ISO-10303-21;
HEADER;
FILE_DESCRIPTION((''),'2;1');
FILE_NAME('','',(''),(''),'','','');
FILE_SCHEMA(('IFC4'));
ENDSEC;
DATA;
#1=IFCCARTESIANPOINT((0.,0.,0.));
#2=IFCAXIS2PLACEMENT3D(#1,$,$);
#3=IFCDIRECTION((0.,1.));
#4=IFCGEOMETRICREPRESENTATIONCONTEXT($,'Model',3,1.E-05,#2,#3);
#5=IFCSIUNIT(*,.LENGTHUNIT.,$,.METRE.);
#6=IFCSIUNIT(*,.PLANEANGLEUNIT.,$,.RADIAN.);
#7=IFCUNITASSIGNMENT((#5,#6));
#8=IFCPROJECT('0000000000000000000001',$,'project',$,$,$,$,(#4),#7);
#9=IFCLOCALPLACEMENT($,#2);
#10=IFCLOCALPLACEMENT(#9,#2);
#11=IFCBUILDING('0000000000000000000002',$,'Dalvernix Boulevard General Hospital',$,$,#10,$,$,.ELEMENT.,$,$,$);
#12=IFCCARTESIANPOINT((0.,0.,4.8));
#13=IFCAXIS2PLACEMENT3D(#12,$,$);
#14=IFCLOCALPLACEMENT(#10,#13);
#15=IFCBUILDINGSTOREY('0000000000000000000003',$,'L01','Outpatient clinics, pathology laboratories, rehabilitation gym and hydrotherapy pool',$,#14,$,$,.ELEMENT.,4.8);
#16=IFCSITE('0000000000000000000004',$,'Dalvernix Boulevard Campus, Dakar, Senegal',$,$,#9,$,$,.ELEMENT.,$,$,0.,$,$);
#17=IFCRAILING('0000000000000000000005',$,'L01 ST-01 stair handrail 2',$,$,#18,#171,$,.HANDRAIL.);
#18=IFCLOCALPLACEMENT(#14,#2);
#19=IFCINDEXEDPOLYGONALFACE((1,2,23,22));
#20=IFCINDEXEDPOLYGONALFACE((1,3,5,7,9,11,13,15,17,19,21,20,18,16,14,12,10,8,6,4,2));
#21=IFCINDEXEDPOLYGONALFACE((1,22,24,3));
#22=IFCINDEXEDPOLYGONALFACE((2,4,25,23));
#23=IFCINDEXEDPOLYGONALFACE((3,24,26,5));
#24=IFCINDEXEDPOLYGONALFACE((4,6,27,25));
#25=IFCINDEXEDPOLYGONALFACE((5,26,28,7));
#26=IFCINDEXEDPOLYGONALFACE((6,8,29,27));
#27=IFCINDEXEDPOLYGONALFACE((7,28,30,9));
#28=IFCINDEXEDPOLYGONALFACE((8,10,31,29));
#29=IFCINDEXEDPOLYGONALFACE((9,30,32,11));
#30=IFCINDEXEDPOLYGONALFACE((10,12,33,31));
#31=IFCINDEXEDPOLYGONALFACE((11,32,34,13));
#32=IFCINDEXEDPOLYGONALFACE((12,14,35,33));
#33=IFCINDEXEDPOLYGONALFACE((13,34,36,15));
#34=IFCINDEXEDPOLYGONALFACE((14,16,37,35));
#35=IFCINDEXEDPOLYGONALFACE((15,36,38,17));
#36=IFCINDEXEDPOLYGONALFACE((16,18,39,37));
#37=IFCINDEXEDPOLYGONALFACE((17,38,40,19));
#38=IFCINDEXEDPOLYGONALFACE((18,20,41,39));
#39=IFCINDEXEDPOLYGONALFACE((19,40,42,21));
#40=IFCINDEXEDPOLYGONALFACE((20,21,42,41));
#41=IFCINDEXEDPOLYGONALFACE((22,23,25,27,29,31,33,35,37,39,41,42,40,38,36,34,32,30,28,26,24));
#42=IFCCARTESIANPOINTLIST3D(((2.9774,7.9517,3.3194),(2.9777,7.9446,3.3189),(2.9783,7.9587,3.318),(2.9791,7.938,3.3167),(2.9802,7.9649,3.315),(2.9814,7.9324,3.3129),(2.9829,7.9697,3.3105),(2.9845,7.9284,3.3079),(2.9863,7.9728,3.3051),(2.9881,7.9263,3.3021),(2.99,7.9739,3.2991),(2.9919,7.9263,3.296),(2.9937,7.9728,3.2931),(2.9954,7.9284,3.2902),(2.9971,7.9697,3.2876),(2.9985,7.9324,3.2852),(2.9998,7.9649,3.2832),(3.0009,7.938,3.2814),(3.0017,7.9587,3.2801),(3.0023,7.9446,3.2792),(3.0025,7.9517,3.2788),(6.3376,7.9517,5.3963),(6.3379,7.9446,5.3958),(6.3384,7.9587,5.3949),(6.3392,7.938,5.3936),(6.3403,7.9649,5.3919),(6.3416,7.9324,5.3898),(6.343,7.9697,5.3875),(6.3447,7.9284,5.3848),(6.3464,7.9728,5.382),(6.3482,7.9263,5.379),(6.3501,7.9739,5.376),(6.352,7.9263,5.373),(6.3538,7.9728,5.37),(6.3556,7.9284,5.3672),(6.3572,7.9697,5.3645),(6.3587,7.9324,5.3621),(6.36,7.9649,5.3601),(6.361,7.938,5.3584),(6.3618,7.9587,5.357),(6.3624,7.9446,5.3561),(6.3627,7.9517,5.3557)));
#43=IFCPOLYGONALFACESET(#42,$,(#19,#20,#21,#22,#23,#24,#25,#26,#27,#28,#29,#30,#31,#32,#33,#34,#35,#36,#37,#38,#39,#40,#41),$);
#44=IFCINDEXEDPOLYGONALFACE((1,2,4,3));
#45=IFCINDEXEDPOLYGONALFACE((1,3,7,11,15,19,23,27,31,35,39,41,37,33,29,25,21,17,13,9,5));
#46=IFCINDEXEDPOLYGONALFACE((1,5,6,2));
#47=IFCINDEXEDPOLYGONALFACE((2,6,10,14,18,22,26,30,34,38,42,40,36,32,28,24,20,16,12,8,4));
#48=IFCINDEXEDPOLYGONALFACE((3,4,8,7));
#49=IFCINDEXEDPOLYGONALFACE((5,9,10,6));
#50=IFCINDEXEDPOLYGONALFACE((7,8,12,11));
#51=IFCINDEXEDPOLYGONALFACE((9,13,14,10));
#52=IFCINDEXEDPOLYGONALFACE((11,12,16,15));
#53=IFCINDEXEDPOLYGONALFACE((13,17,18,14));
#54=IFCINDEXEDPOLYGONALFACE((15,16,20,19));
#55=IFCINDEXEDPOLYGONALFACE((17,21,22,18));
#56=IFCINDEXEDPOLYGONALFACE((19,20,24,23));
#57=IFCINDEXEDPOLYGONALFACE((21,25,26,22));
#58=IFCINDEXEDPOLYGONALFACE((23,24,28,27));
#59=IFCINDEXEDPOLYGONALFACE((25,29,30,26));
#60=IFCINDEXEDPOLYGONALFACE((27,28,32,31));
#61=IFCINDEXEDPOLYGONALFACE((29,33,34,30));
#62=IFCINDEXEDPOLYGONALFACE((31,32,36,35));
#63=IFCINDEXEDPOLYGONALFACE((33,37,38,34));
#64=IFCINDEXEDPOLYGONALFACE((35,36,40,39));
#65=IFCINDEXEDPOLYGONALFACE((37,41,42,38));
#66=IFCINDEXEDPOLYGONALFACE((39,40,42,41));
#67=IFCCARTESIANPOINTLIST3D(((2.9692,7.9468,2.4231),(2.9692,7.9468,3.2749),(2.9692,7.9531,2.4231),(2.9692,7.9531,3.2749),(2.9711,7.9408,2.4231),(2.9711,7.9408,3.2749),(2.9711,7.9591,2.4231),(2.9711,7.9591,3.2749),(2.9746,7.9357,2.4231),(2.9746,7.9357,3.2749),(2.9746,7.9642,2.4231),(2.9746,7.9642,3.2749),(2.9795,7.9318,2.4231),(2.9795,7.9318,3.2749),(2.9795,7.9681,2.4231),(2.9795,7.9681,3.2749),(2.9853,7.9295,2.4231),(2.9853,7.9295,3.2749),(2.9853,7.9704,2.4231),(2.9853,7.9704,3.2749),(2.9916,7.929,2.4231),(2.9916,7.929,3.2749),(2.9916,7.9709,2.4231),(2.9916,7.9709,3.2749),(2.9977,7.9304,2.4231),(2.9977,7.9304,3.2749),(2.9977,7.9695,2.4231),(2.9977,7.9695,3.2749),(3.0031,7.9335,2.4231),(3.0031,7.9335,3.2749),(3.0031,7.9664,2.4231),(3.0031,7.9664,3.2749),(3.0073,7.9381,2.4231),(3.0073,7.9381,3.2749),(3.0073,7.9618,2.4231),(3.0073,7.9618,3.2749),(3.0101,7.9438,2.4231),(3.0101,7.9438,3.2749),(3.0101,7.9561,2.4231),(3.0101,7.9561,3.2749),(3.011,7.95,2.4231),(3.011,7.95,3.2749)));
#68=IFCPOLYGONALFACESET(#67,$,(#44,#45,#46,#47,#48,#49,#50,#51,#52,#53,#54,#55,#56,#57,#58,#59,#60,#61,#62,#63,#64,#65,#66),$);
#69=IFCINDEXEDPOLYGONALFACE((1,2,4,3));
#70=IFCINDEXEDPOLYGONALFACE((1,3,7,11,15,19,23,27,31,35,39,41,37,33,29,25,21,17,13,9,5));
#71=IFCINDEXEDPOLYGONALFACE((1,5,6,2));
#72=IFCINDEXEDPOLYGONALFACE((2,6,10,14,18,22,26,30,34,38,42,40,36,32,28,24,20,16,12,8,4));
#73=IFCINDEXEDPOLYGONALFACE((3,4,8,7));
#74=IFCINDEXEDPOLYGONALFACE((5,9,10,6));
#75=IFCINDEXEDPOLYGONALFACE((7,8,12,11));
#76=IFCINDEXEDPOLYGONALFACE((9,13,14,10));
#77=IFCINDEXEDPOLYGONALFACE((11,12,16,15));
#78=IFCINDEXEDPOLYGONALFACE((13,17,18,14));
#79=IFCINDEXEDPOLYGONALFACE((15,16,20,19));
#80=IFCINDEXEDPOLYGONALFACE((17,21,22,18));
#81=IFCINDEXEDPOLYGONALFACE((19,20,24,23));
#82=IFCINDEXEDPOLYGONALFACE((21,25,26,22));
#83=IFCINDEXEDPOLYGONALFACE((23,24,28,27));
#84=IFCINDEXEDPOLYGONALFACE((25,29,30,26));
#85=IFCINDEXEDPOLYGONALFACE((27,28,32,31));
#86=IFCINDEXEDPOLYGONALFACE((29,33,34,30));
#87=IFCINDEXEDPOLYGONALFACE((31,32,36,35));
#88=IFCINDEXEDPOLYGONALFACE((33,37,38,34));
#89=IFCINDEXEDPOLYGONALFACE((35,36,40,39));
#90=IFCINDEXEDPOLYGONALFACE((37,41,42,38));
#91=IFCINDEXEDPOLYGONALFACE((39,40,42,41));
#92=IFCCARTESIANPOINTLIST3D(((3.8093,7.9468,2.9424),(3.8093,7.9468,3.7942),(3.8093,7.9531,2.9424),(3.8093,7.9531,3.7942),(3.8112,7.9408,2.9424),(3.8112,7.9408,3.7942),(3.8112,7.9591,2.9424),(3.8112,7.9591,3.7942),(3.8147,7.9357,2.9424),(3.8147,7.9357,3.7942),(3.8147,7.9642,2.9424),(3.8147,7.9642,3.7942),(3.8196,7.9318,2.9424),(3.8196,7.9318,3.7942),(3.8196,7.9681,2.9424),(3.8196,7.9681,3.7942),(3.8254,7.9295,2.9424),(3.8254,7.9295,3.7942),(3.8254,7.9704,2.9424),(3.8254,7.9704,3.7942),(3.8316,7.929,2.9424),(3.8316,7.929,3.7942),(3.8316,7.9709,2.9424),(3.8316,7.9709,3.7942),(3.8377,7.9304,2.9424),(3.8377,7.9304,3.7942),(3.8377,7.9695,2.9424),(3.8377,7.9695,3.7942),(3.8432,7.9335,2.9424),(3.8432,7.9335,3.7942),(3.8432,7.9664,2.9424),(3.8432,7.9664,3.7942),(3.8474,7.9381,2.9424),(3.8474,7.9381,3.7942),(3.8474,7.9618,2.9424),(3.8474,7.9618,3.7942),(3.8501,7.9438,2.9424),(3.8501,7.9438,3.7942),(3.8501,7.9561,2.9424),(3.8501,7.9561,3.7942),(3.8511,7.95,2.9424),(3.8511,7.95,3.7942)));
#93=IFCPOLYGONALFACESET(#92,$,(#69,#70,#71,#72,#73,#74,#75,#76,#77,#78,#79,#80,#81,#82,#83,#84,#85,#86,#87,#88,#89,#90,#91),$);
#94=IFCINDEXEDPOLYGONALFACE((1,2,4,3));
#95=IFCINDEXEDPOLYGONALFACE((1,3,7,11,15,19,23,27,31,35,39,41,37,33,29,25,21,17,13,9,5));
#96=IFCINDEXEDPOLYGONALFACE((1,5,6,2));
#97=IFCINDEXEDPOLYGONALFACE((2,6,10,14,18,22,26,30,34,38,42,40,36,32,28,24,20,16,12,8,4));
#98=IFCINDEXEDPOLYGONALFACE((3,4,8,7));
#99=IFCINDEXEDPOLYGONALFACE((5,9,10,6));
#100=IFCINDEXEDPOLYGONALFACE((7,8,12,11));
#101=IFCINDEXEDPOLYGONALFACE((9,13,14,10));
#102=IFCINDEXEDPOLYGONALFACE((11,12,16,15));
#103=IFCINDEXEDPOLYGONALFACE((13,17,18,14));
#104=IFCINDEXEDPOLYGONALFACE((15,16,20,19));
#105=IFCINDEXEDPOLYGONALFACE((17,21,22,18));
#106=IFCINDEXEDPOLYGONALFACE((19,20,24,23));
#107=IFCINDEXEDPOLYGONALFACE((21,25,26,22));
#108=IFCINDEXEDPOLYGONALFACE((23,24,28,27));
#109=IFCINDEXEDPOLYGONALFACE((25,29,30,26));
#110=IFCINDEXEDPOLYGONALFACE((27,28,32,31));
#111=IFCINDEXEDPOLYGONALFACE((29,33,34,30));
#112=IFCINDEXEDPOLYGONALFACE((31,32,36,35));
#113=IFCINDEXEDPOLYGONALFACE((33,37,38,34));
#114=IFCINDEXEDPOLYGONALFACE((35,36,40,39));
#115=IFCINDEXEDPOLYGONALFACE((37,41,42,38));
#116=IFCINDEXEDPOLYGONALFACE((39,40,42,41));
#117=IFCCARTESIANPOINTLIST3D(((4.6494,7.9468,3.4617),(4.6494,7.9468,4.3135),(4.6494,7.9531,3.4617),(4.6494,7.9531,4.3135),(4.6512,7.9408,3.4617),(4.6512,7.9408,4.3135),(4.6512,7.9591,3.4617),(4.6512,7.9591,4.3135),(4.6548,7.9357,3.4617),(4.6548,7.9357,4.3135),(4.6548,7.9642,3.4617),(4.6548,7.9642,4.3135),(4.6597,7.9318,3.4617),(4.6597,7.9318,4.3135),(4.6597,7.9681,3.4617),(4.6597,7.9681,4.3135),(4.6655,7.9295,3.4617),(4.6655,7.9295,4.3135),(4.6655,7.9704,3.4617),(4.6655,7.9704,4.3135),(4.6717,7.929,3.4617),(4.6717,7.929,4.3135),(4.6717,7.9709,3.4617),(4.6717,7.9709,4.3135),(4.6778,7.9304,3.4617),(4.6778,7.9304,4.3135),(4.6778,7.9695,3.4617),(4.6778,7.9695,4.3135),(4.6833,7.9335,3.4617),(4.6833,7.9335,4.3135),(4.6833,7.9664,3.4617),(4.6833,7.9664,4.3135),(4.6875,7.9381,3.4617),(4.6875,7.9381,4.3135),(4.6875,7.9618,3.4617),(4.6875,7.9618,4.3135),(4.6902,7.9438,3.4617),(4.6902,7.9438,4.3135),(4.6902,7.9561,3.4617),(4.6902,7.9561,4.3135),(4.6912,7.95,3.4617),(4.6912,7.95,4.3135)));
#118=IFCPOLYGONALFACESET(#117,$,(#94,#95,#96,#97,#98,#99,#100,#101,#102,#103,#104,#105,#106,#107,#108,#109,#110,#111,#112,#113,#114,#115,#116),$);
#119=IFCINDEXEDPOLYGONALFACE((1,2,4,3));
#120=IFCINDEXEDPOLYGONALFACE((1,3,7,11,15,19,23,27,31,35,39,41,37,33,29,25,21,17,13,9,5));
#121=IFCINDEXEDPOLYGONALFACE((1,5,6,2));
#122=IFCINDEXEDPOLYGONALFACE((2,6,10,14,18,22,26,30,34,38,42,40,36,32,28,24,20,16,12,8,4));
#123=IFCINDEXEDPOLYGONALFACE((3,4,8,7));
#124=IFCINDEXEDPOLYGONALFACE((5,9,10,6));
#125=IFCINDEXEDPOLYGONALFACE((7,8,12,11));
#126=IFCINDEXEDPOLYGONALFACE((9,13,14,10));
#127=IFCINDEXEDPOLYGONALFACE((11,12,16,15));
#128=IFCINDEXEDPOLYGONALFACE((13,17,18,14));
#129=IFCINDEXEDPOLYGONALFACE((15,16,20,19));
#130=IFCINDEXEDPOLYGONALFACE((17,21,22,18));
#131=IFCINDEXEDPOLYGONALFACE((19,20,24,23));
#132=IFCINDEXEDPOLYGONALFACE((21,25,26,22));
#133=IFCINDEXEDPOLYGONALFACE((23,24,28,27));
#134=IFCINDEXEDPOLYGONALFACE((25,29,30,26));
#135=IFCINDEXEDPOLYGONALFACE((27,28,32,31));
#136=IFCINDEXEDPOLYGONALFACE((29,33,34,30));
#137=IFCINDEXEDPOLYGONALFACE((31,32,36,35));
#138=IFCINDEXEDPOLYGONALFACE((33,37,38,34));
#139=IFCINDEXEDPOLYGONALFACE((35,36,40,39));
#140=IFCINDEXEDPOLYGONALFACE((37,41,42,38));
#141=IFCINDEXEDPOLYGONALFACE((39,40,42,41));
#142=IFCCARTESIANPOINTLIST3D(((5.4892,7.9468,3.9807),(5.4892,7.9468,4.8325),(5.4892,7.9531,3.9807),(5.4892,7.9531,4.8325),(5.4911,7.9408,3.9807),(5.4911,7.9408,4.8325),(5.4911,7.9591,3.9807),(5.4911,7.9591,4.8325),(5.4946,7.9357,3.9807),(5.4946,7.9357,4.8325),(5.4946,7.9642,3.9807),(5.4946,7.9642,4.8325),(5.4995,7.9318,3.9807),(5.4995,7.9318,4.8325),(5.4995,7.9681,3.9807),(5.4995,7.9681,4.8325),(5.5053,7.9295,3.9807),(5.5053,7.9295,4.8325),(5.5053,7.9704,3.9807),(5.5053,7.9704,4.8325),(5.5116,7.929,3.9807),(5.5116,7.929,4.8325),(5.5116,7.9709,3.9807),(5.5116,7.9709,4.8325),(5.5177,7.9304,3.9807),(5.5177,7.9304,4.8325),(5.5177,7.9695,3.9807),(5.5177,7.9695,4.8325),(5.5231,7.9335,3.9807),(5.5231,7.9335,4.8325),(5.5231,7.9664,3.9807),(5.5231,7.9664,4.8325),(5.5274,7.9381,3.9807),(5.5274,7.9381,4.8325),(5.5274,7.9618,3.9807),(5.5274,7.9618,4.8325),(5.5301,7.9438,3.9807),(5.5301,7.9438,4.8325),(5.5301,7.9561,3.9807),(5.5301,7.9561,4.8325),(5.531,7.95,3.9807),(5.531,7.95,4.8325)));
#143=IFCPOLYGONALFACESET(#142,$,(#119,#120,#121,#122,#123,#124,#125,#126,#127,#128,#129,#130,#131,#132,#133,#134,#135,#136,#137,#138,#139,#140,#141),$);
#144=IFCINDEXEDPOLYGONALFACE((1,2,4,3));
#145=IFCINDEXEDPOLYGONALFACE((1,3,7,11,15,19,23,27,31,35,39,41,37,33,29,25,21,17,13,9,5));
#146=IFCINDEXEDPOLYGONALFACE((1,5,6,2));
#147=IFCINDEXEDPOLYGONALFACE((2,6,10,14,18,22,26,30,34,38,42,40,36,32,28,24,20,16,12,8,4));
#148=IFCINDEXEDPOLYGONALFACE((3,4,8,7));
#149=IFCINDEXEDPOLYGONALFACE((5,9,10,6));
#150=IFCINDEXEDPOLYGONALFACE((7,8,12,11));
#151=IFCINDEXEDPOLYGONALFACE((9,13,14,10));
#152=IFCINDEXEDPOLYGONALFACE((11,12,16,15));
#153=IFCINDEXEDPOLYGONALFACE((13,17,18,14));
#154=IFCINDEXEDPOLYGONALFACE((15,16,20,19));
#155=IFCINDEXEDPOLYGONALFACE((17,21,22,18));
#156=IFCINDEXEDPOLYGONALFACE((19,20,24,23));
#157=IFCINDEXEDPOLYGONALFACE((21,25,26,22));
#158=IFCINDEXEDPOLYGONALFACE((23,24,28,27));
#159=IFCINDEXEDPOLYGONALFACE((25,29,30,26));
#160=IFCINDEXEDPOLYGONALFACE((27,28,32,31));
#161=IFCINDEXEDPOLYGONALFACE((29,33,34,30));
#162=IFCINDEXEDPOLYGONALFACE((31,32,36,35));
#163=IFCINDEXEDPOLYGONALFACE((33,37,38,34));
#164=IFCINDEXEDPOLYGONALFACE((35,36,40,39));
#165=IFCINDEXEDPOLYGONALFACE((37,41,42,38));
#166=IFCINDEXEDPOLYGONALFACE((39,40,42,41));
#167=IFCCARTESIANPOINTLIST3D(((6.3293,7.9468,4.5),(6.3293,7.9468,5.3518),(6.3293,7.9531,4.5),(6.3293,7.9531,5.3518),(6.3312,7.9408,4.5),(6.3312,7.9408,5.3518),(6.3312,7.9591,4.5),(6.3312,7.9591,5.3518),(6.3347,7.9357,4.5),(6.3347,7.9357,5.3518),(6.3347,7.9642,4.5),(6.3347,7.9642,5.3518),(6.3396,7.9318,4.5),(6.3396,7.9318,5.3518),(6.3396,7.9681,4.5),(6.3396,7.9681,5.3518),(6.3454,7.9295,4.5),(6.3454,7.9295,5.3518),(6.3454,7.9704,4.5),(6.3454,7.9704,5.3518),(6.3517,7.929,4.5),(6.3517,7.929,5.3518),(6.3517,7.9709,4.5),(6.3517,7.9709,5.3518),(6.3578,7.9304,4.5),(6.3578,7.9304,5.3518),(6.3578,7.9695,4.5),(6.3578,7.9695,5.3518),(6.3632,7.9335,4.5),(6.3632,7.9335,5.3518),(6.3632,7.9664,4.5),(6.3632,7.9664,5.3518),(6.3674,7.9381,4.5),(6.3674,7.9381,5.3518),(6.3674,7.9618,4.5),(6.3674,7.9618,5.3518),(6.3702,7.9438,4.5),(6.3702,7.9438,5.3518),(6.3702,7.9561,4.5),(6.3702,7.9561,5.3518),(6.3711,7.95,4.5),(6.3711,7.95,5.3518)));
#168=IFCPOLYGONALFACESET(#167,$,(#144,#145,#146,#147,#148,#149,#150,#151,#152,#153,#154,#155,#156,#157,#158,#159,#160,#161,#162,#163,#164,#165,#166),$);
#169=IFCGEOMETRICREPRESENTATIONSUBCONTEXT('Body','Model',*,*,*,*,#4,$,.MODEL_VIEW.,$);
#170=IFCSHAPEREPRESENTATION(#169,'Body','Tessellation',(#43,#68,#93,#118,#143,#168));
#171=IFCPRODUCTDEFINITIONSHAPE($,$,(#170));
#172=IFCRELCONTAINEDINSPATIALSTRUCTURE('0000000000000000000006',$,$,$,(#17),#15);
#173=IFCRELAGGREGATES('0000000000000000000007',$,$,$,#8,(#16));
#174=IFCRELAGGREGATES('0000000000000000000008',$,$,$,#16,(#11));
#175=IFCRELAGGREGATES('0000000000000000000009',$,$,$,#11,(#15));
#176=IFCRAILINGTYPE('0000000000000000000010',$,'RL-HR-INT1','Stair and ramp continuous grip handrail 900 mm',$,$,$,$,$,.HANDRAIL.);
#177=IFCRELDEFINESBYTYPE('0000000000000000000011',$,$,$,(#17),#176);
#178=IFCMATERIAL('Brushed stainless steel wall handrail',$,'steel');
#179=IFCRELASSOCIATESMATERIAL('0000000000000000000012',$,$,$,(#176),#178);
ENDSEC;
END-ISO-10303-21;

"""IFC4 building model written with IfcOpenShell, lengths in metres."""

from ifc_helpers import new_model, si_unit, direction, frame, origin, origin_2d, place, context, subcontext, project, spatial, circle, extrude, material, type_object, element, save


model = new_model("IFC4")

# Units and contexts
model_context = context("Model", 3, precision=1e-05, world=origin(), true_north=direction((0.0, 1.0)))
body_context = subcontext(model_context, "Body", "Model", "MODEL_VIEW")
ifc_project = project(units=[si_unit("LENGTHUNIT", "METRE"), si_unit("PLANEANGLEUNIT", "RADIAN")], contexts=[model_context])

# Site, building, storey
site_placement = place(None, origin())
site = spatial("IfcSite", under=ifc_project, at=site_placement, Name="Dalvernix Boulevard Campus, Dakar, Senegal", CompositionType="ELEMENT", RefElevation=0.0)
building_placement = place(site_placement, origin())
building = spatial("IfcBuilding", under=site, at=building_placement, Name="Dalvernix Boulevard General Hospital", CompositionType="ELEMENT")
storey_placement = place(building_placement, frame((0.0, 0.0, 4.8)))
storey = spatial("IfcBuildingStorey", under=building, at=storey_placement, Name="L01", Description="Outpatient clinics, pathology laboratories, rehabilitation gym and hydrotherapy pool", CompositionType="ELEMENT", Elevation=4.8)

# Railing
ifc_material_1 = material(Name="Brushed stainless steel wall handrail", Category="steel")
railing_type_1 = type_object("IfcRailingType", Name="RL-HR-INT1", Description="Stair and ramp continuous grip handrail 900 mm", PredefinedType="HANDRAIL", material=ifc_material_1)
railing_1_placement = place(storey_placement, frame((2.99, 7.95, 2.4231)))
element("IfcRailing", 1, at=railing_1_placement, inside=storey, type_object=railing_type_1, Name="L01 ST-01 stair handrail 2", PredefinedType="HANDRAIL", context=body_context, shape_type="SweptSolid", body=[
    extrude(circle(Radius=0.0239, at=origin_2d()), frame((0.0, 0.0, 0.876), z_axis=(0.850623, 0.0, 0.525776), x_axis=(0.0, 1.0, 0.0)), (0.0, 0.0, 1.0), 3.9502),
    extrude(circle(Radius=0.021, at=origin_2d()), origin(), (0.0, 0.0, 1.0), 0.8518),
    extrude(circle(Radius=0.021, at=origin_2d()), frame((0.8401, 0.0, 0.5193)), (0.0, 0.0, 1.0), 0.8518),
    extrude(circle(Radius=0.021, at=origin_2d()), frame((1.6802, 0.0, 1.0386)), (0.0, 0.0, 1.0), 0.8518),
    extrude(circle(Radius=0.021, at=origin_2d()), frame((2.52, 0.0, 1.5576)), (0.0, 0.0, 1.0), 0.8518),
    extrude(circle(Radius=0.021, at=origin_2d()), frame((3.3601, 0.0, 2.0769)), (0.0, 0.0, 1.0), 0.8518),
])

save(model, "model.ifc")
